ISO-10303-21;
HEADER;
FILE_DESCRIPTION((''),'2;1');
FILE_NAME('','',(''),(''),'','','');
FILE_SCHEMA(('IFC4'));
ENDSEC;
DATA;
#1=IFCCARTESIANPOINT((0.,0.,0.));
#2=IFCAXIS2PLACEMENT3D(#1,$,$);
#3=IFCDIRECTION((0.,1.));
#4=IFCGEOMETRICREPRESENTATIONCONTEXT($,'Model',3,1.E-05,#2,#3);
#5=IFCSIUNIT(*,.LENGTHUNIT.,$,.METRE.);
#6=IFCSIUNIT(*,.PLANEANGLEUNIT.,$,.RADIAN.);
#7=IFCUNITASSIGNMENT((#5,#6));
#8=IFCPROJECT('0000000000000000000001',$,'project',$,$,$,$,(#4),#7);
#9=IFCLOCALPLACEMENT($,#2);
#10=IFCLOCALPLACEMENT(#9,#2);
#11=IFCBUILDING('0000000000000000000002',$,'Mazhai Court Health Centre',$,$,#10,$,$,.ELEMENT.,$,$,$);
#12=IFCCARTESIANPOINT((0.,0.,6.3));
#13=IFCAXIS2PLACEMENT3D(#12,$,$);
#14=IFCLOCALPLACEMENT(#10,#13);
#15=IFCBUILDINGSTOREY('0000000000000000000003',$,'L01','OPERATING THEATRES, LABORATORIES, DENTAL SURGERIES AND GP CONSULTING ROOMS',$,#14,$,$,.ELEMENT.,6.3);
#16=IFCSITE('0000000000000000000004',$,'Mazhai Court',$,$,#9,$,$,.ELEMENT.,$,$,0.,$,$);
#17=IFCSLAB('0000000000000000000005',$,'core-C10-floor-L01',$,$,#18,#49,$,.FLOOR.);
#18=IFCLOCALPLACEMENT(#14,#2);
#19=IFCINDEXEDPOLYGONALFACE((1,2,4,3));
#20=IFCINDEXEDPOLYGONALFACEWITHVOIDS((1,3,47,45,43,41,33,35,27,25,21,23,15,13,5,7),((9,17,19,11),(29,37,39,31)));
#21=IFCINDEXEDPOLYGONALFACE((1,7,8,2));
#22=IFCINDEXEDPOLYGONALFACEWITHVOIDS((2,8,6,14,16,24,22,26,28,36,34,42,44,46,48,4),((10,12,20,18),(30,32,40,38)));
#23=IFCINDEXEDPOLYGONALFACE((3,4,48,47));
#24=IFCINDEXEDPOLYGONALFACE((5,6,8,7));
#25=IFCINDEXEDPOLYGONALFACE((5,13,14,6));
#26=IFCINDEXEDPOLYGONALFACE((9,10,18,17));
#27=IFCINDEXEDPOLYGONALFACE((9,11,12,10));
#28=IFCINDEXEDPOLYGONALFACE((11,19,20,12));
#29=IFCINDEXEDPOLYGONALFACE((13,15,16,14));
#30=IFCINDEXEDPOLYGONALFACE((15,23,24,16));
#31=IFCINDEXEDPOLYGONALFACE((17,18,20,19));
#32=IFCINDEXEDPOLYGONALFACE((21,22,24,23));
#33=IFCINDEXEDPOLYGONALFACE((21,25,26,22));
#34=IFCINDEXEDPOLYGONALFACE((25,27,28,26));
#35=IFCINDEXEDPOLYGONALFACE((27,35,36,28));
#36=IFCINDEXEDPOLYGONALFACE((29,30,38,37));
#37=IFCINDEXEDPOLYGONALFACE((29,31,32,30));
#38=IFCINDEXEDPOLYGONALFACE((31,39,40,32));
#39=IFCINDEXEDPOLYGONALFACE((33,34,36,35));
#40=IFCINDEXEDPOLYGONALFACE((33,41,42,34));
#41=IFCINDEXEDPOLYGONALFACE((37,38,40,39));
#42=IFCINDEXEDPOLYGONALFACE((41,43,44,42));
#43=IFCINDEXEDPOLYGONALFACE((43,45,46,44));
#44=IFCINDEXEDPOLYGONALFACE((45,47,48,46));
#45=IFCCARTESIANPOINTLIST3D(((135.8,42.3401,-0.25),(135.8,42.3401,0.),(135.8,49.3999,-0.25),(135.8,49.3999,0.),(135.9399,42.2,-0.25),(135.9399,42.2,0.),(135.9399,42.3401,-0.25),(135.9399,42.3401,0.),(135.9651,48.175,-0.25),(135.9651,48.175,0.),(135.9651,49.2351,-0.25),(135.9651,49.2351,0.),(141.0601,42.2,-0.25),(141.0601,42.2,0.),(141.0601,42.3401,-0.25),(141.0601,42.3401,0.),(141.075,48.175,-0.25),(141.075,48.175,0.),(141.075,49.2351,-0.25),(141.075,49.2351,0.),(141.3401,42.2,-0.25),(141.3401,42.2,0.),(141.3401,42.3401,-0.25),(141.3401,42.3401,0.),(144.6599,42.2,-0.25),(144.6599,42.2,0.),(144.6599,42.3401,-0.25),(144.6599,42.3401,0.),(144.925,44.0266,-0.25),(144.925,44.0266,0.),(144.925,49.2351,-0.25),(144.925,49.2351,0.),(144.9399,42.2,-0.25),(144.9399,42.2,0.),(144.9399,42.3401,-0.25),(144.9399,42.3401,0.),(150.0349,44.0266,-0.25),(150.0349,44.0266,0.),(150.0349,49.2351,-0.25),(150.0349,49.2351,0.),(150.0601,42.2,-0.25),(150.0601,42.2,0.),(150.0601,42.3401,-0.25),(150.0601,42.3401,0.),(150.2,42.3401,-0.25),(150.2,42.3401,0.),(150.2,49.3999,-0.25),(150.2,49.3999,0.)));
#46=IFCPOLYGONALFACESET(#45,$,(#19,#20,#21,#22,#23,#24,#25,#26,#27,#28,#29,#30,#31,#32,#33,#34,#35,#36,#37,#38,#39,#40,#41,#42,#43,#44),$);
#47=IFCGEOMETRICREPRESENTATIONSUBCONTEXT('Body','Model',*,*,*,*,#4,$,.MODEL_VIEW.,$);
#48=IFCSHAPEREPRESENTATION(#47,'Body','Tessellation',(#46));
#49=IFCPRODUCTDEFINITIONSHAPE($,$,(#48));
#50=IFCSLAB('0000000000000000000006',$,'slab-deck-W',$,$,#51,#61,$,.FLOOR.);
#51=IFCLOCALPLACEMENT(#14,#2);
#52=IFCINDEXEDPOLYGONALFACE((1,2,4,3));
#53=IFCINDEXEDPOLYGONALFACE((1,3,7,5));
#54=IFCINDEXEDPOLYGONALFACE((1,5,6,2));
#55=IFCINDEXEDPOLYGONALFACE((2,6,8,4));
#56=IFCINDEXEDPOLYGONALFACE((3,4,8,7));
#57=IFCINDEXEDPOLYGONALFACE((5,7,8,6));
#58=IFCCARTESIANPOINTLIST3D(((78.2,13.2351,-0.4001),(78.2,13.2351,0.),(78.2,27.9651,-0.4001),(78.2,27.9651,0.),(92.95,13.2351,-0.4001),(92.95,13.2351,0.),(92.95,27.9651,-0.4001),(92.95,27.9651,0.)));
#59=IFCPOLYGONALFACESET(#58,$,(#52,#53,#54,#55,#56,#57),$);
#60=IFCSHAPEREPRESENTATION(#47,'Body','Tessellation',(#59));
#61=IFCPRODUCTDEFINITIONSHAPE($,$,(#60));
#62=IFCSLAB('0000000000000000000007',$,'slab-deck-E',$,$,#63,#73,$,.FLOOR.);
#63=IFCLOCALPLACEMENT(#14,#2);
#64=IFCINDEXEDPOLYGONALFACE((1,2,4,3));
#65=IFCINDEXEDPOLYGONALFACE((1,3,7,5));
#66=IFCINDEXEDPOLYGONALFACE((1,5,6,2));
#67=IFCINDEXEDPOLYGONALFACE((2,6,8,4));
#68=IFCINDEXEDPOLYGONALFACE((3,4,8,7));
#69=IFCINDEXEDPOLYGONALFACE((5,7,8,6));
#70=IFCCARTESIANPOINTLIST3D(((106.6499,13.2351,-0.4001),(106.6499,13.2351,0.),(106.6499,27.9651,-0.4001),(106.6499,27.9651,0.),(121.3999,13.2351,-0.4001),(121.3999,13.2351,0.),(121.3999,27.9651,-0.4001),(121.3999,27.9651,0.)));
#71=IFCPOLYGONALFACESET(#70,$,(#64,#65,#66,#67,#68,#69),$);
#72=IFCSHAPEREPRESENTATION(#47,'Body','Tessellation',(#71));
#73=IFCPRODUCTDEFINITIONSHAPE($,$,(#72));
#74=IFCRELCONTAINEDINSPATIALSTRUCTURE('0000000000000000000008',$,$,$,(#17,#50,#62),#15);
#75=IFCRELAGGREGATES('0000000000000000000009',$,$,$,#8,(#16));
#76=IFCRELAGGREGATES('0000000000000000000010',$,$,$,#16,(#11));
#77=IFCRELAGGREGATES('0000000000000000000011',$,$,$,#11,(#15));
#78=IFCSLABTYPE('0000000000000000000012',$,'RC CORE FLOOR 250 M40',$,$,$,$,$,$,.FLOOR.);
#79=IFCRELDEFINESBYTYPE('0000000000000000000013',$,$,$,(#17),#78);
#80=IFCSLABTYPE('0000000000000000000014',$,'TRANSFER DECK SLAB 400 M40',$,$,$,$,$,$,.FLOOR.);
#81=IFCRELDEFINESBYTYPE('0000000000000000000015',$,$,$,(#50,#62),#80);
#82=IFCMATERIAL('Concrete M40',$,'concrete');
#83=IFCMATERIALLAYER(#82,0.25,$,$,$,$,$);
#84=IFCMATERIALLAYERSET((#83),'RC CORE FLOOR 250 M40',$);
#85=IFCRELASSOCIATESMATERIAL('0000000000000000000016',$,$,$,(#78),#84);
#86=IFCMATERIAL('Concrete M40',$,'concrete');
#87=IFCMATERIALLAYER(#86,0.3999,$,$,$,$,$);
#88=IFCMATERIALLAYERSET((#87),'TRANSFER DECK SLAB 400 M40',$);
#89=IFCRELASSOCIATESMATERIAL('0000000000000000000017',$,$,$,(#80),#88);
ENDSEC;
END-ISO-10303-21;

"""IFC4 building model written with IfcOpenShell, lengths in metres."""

from ifc_helpers import new_model, si_unit, direction, frame, origin, place, context, subcontext, project, spatial, polyline, outline, extrude, material, layer, layer_set, type_object, element, save


model = new_model("IFC4")

# Units and contexts
model_context = context("Model", 3, precision=1e-05, world=origin(), true_north=direction((0.0, 1.0)))
body_context = subcontext(model_context, "Body", "Model", "MODEL_VIEW")
ifc_project = project(units=[si_unit("LENGTHUNIT", "METRE"), si_unit("PLANEANGLEUNIT", "RADIAN")], contexts=[model_context])

# Site, building, storey
site_placement = place(None, origin())
site = spatial("IfcSite", under=ifc_project, at=site_placement, Name="Mazhai Court", CompositionType="ELEMENT", RefElevation=0.0)
building_placement = place(site_placement, origin())
building = spatial("IfcBuilding", under=site, at=building_placement, Name="Mazhai Court Health Centre", CompositionType="ELEMENT")
storey_placement = place(building_placement, frame((0.0, 0.0, 6.3)))
storey = spatial("IfcBuildingStorey", under=building, at=storey_placement, Name="L01", Description="OPERATING THEATRES, LABORATORIES, DENTAL SURGERIES AND GP CONSULTING ROOMS", CompositionType="ELEMENT", Elevation=6.3)

# Slabs
ifc_material_1 = material(Name="Concrete M40", Category="concrete")
ifc_layer_1 = layer(ifc_material_1, 0.25)
ifc_layer_set_1 = layer_set([ifc_layer_1], Name="RC CORE FLOOR 250 M40")
slab_type_1 = type_object("IfcSlabType", Name="RC CORE FLOOR 250 M40", PredefinedType="FLOOR", material=ifc_layer_set_1)
slab_1_placement = place(storey_placement, frame((0.0, 0.0, -0.25)))
element("IfcSlab", 1, at=slab_1_placement, inside=storey, type_object=slab_type_1, Name="core-C10-floor-L01", PredefinedType="FLOOR", context=body_context, shape_type="SweptSolid", body=[
    extrude(outline(polyline([(150.2, 49.3999), (150.2, 42.3401), (150.0601, 42.3401), (150.0601, 42.2), (144.9399, 42.2), (144.9399, 42.3401), (144.6599, 42.3401), (144.6599, 42.2), (141.3401, 42.2), (141.3401, 42.3401), (141.0601, 42.3401), (141.0601, 42.2), (135.9399, 42.2), (135.9399, 42.3401), (135.8, 42.3401), (135.8, 49.3999), (150.2, 49.3999)]), holes=[polyline([(144.925, 44.0266), (150.0349, 44.0266), (150.0349, 49.2351), (144.925, 49.2351), (144.925, 44.0266)]), polyline([(135.9651, 49.2351), (135.9651, 48.175), (141.075, 48.175), (141.075, 49.2351), (135.9651, 49.2351)])]), origin(), (0.0, 0.0, 1.0), 0.25),
])
ifc_material_2 = material(Name="Concrete M40", Category="concrete")
ifc_layer_2 = layer(ifc_material_2, 0.3999)
ifc_layer_set_2 = layer_set([ifc_layer_2], Name="TRANSFER DECK SLAB 400 M40")
slab_type_2 = type_object("IfcSlabType", Name="TRANSFER DECK SLAB 400 M40", PredefinedType="FLOOR", material=ifc_layer_set_2)
slab_2_placement = place(storey_placement, frame((0.0, 0.0, -0.4001)))
element("IfcSlab", 2, at=slab_2_placement, inside=storey, type_object=slab_type_2, Name="slab-deck-W", PredefinedType="FLOOR", context=body_context, shape_type="SweptSolid", body=[
    extrude(outline(polyline([(92.95, 13.2351), (92.95, 27.9651), (78.2, 27.9651), (78.2, 13.2351), (92.95, 13.2351)])), origin(), (0.0, 0.0, 1.0), 0.4001),
])
slab_3_placement = place(storey_placement, frame((0.0, 0.0, -0.4001)))
element("IfcSlab", 3, at=slab_3_placement, inside=storey, type_object=slab_type_2, Name="slab-deck-E", PredefinedType="FLOOR", context=body_context, shape_type="SweptSolid", body=[
    extrude(outline(polyline([(121.3999, 13.2351), (121.3999, 27.9651), (106.6499, 27.9651), (106.6499, 13.2351), (121.3999, 13.2351)])), origin(), (0.0, 0.0, 1.0), 0.4001),
])

save(model, "model.ifc")
